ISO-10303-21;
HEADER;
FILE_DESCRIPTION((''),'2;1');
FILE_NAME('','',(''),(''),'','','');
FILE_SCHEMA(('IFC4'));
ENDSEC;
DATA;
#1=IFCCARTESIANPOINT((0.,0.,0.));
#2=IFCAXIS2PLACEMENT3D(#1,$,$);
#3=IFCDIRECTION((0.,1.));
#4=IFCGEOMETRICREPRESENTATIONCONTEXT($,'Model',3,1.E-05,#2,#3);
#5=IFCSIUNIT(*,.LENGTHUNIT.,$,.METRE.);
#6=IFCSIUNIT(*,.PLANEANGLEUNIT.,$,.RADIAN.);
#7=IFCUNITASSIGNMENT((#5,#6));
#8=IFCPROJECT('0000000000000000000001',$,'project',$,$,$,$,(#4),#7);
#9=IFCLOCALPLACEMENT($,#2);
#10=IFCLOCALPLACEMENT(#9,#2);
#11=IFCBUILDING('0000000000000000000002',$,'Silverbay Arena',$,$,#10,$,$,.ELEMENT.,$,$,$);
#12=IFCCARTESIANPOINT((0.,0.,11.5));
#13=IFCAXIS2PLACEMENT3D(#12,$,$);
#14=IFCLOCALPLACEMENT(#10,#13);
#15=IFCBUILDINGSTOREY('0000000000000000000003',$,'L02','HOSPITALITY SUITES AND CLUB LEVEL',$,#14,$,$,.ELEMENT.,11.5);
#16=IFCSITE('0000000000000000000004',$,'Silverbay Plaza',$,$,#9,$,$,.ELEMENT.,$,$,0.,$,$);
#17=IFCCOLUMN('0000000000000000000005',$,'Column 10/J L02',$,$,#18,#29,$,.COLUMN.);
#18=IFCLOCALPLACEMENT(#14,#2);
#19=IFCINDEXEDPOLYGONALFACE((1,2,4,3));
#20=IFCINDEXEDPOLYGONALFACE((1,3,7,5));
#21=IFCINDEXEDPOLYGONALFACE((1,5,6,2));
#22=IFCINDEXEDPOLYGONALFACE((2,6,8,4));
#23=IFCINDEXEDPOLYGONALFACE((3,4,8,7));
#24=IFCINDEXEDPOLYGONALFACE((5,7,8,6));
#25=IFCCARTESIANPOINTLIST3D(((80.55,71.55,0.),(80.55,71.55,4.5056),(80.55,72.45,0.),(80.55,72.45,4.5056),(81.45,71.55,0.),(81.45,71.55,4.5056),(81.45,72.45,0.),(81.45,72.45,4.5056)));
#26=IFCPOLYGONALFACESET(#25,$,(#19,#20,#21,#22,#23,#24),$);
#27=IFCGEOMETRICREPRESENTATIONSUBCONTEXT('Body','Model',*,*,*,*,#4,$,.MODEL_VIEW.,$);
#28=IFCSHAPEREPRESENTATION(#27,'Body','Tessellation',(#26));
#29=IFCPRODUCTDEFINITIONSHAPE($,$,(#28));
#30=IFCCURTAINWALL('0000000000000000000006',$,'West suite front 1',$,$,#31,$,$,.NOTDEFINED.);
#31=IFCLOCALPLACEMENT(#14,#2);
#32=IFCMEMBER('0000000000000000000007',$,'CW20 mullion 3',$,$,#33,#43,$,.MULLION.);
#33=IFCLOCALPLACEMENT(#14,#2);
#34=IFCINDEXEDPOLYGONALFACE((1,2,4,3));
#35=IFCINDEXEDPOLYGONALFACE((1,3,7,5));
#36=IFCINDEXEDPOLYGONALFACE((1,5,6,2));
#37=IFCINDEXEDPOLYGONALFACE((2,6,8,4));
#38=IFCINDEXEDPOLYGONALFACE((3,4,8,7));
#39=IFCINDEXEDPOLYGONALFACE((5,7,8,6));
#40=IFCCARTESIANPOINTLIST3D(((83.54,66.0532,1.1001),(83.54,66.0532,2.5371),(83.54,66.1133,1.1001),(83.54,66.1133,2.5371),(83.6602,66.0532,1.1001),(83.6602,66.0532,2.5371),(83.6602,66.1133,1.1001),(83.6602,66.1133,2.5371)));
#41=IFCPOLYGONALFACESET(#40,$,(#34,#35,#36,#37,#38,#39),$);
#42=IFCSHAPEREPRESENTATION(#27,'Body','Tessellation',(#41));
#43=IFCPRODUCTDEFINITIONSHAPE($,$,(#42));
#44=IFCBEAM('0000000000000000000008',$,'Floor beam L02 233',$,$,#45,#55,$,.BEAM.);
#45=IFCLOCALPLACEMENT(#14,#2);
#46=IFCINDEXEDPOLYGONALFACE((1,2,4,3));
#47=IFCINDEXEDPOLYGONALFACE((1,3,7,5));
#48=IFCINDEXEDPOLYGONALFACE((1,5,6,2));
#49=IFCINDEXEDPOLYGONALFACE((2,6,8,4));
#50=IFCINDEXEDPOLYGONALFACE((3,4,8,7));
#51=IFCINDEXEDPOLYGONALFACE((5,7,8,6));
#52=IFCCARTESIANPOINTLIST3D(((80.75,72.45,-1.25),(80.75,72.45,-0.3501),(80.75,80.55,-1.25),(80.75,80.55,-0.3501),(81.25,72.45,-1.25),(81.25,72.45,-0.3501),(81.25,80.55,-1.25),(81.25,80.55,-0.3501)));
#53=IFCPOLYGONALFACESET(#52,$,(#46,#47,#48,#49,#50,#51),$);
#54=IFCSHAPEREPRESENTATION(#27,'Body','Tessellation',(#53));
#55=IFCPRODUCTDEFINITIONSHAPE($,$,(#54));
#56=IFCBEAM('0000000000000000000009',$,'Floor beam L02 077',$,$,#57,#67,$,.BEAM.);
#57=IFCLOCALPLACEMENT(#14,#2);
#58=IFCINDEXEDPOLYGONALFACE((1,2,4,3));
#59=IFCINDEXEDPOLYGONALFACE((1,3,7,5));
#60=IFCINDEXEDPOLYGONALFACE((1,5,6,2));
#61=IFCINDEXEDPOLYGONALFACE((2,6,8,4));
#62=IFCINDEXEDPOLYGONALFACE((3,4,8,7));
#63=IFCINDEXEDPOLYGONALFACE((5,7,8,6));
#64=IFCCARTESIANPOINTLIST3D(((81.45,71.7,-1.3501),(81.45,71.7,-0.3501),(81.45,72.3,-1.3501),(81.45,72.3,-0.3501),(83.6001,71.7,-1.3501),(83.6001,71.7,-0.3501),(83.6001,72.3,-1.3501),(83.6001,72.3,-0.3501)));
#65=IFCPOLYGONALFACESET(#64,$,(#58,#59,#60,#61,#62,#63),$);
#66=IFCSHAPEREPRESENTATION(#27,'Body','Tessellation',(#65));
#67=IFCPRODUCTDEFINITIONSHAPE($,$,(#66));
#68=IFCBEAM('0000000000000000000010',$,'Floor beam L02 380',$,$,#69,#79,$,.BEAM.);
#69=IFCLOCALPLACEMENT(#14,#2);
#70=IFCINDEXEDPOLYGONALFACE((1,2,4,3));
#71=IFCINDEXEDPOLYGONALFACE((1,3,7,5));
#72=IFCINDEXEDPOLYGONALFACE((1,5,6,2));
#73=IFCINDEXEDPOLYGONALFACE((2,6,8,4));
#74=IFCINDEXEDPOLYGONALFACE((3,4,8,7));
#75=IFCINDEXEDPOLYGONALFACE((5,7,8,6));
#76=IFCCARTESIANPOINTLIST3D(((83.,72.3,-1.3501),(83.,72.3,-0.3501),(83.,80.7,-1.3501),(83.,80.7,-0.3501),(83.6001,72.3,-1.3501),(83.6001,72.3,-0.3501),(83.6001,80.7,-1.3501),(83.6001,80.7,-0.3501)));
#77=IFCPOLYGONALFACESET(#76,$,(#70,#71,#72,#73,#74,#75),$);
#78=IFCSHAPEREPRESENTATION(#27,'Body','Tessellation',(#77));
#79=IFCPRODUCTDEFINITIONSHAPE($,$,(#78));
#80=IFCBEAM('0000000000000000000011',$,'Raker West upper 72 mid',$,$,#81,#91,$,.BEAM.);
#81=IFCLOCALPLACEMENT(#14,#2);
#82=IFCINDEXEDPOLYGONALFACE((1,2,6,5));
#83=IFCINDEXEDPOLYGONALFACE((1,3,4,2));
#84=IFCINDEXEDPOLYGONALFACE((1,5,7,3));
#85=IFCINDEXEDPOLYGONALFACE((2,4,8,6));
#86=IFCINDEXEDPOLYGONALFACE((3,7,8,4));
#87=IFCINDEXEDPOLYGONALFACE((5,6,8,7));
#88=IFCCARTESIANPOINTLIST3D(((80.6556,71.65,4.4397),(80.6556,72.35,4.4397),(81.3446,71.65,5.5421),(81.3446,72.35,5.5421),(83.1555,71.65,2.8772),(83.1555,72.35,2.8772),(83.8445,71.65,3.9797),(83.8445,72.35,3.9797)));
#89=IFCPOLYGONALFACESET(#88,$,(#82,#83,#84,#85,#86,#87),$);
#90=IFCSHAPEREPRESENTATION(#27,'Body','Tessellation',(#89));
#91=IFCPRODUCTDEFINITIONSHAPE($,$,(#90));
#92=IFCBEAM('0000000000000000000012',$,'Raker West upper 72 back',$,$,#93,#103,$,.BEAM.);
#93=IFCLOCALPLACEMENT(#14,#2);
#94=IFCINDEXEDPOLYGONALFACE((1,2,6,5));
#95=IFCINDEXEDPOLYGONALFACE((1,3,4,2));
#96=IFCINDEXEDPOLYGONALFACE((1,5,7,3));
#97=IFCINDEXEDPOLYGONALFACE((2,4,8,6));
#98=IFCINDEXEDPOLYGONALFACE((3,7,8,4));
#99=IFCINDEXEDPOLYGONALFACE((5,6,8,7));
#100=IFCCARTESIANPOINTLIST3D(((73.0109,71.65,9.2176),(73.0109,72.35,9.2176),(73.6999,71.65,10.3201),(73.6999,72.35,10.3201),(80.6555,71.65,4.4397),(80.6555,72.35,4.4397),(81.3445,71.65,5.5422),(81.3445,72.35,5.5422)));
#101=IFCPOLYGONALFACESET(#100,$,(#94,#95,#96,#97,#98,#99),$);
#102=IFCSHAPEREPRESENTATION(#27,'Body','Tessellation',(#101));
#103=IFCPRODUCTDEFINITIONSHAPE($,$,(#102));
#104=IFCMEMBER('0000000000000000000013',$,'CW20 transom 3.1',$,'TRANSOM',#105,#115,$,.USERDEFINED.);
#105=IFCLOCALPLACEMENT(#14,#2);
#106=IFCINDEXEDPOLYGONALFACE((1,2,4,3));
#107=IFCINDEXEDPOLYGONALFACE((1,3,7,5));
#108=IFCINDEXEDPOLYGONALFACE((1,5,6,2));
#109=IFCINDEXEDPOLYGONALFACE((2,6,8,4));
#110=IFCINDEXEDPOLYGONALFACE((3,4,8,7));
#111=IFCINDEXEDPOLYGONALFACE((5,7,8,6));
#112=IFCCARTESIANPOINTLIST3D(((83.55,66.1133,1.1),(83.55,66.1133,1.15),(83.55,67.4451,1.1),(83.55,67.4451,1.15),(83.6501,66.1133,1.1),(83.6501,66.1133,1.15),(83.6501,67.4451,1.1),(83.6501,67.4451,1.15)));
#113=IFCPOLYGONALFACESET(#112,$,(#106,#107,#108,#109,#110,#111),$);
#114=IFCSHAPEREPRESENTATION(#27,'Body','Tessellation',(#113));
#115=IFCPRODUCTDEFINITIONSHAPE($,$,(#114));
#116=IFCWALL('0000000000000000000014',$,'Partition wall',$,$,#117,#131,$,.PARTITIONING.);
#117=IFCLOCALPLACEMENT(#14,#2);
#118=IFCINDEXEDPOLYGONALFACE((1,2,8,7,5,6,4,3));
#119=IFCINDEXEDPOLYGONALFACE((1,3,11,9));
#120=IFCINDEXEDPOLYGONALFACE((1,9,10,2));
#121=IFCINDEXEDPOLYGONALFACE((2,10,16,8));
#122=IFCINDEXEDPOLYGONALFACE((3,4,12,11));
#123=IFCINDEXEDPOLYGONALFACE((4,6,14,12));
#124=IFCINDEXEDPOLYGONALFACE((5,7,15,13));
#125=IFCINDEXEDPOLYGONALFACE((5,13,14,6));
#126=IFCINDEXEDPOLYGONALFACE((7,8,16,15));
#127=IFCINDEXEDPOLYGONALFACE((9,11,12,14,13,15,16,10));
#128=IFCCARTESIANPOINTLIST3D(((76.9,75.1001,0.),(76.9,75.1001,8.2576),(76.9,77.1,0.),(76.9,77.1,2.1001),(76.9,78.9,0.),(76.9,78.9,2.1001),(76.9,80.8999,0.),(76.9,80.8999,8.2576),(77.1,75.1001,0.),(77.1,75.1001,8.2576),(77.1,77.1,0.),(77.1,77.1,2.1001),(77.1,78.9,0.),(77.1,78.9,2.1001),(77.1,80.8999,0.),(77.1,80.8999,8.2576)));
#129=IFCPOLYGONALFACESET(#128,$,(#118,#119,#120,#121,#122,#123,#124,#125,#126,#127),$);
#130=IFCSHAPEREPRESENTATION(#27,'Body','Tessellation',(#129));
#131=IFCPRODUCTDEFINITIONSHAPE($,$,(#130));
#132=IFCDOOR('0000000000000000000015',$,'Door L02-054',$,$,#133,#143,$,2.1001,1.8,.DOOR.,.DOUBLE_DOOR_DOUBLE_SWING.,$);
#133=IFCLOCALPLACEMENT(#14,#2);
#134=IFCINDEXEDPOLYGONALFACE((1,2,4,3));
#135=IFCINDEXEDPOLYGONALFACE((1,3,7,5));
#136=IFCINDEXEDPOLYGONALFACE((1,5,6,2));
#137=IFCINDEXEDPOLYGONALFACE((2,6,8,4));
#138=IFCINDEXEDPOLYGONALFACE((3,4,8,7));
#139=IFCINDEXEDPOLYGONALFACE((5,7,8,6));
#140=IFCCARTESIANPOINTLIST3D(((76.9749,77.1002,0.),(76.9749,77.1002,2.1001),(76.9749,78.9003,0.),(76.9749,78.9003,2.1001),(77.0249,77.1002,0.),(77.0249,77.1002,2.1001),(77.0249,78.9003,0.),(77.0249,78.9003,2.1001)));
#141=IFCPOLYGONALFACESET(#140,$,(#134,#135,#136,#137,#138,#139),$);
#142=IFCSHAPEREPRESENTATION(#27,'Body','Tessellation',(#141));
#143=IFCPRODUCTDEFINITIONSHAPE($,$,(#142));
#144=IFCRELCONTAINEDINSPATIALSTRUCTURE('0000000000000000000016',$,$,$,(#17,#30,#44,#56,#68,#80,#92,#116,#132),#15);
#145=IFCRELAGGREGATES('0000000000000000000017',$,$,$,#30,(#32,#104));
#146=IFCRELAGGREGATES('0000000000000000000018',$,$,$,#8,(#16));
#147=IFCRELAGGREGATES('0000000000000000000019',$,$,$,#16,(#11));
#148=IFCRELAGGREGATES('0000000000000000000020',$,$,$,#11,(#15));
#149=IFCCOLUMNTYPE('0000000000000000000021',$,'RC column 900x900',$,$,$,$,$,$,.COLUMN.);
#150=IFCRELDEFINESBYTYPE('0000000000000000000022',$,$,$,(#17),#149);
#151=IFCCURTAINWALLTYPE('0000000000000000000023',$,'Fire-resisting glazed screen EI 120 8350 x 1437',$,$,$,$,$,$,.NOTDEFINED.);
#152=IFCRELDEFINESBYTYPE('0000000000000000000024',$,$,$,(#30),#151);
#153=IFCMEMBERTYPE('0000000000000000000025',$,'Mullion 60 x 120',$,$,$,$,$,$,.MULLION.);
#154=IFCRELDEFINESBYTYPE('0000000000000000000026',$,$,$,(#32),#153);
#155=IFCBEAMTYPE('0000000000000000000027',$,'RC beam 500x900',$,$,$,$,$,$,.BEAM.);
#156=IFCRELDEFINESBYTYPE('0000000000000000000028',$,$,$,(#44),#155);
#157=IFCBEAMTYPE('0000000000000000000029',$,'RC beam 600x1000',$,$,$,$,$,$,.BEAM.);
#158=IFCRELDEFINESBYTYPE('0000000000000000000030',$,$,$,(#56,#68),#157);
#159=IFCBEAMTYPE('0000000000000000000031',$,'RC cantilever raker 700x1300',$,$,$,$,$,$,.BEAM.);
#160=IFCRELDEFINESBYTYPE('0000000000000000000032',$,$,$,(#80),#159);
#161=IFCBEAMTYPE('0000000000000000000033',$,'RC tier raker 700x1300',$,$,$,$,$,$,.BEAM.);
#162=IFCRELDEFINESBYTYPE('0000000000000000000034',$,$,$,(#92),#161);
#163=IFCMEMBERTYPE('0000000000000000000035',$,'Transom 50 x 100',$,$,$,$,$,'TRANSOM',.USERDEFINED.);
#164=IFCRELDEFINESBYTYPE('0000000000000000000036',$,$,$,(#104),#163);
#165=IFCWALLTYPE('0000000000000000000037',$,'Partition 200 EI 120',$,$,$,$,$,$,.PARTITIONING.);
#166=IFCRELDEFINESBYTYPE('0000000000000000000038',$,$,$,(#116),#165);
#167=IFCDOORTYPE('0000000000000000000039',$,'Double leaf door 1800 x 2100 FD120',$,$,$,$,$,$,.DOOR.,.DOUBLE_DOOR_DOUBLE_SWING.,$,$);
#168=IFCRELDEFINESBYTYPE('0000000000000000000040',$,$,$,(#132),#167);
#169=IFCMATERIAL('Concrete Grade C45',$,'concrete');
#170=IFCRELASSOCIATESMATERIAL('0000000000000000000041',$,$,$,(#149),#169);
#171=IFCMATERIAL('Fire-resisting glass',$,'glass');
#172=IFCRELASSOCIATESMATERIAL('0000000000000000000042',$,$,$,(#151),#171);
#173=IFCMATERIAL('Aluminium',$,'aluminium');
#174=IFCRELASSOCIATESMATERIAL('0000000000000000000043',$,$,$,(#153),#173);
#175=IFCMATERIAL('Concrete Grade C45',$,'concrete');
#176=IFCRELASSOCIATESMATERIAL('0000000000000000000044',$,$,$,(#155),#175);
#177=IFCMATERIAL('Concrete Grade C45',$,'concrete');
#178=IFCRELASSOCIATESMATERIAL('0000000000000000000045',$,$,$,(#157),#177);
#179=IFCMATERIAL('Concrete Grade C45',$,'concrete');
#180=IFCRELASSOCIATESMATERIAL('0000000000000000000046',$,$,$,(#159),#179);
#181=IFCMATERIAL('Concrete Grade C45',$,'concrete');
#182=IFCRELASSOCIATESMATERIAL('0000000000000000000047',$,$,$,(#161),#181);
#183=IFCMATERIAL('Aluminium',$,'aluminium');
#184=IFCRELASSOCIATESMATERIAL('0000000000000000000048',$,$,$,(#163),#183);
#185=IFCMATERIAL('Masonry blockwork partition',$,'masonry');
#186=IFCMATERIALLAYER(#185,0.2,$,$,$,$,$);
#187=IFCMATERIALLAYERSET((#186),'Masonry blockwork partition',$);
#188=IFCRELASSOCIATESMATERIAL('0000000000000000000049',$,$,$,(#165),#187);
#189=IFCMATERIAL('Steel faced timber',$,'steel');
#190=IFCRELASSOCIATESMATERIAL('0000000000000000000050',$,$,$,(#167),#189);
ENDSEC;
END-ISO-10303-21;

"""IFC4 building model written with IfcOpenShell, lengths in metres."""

from ifc_helpers import new_model, si_unit, direction, frame, frame_2d, origin, origin_2d, place, context, subcontext, project, spatial, rectangle, extrude, material, layer, layer_set, material_profile, profile_set, type_object, element, fill, aggregate, save


model = new_model("IFC4")

# Units and contexts
model_context = context("Model", 3, precision=1e-05, world=origin(), true_north=direction((0.0, 1.0)))
body_context = subcontext(model_context, "Body", "Model", "MODEL_VIEW")
ifc_project = project(units=[si_unit("LENGTHUNIT", "METRE"), si_unit("PLANEANGLEUNIT", "RADIAN")], contexts=[model_context])

# Site, building, storey
site_placement = place(None, origin())
site = spatial("IfcSite", under=ifc_project, at=site_placement, Name="Silverbay Plaza", CompositionType="ELEMENT", RefElevation=0.0)
building_placement = place(site_placement, origin())
building = spatial("IfcBuilding", under=site, at=building_placement, Name="Silverbay Arena", CompositionType="ELEMENT")
storey_placement = place(building_placement, frame((0.0, 0.0, 11.5)))
storey = spatial("IfcBuildingStorey", under=building, at=storey_placement, Name="L02", Description="HOSPITALITY SUITES AND CLUB LEVEL", CompositionType="ELEMENT", Elevation=11.5)

# Column
ifc_material_1 = material(Name="Concrete Grade C45", Category="concrete")
ifc_material_profile_1 = material_profile(ifc_material_1, rectangle(XDim=0.8999, YDim=0.8999, at=origin_2d()), Name="RC 900x900")
ifc_profile_set_1 = profile_set([ifc_material_profile_1], Name="Concrete Grade C45")
column_type = type_object("IfcColumnType", Name="RC column 900x900", PredefinedType="COLUMN", material=ifc_profile_set_1)
column_placement = place(storey_placement, frame((81.0, 72.0, 0.0), z_axis=(0.0, 0.0, 1.0), x_axis=(1.0, 0.0, 0.0)))
element("IfcColumn", 1, at=column_placement, inside=storey, type_object=column_type, Name="Column 10/J L02", PredefinedType="COLUMN", context=body_context, shape_type="SweptSolid", body=[
    extrude(rectangle(XDim=0.8999, YDim=0.8999, at=origin_2d()), origin(), (0.0, 0.0, 1.0), 4.5056),
])

# Curtain wall, member
ifc_material_2 = material(Name="Fire-resisting glass", Category="glass")
curtain_wall_type = type_object("IfcCurtainWallType", Name="Fire-resisting glazed screen EI 120 8350 x 1437", PredefinedType="NOTDEFINED", material=ifc_material_2)
curtain_wall_placement = place(storey_placement, origin())
curtain_wall = element("IfcCurtainWall", 2, at=curtain_wall_placement, inside=storey, type_object=curtain_wall_type, Name="West suite front 1", PredefinedType="NOTDEFINED")
ifc_material_3 = material(Name="Aluminium", Category="aluminium")
ifc_material_profile_2 = material_profile(ifc_material_3, rectangle(XDim=0.1201, YDim=0.0601, at=origin_2d()), Name="Mullion 60 x 120")
ifc_profile_set_2 = profile_set([ifc_material_profile_2], Name="Aluminium")
member_type_1 = type_object("IfcMemberType", Name="Mullion 60 x 120", PredefinedType="MULLION", material=ifc_profile_set_2)
member_1_placement = place(storey_placement, frame((83.6001, 66.0833, 1.1001), z_axis=(0.0, 0.0, 1.0), x_axis=(-1.0, 0.0, 0.0)))
member_1 = element("IfcMember", 3, at=member_1_placement, type_object=member_type_1, Name="CW20 mullion 3", PredefinedType="MULLION", context=body_context, shape_type="SweptSolid", body=[
    extrude(rectangle(XDim=0.1201, YDim=0.0601, at=origin_2d()), origin(), (0.0, 0.0, 1.0), 1.437),
])

# Beams
ifc_material_4 = material(Name="Concrete Grade C45", Category="concrete")
ifc_material_profile_3 = material_profile(ifc_material_4, rectangle(XDim=0.5, YDim=0.8999, at=origin_2d()), Name="RC 500x900")
ifc_profile_set_3 = profile_set([ifc_material_profile_3], Name="Concrete Grade C45")
beam_type_1 = type_object("IfcBeamType", Name="RC beam 500x900", PredefinedType="BEAM", material=ifc_profile_set_3)
beam_1_placement = place(storey_placement, frame((81.0, 72.45, -0.8), z_axis=(0.0, 1.0, 0.0), x_axis=(-1.0, 0.0, 0.0)))
element("IfcBeam", 4, at=beam_1_placement, inside=storey, type_object=beam_type_1, Name="Floor beam L02 233", PredefinedType="BEAM", context=body_context, shape_type="SweptSolid", body=[
    extrude(rectangle(XDim=0.5, YDim=0.8999, at=origin_2d()), origin(), (0.0, 0.0, 1.0), 8.1001),
])
ifc_material_5 = material(Name="Concrete Grade C45", Category="concrete")
ifc_material_profile_4 = material_profile(ifc_material_5, rectangle(XDim=0.6001, YDim=1.0, at=origin_2d()), Name="RC 600x1000")
ifc_profile_set_4 = profile_set([ifc_material_profile_4], Name="Concrete Grade C45")
beam_type_2 = type_object("IfcBeamType", Name="RC beam 600x1000", PredefinedType="BEAM", material=ifc_profile_set_4)
beam_2_placement = place(storey_placement, frame((81.45, 72.0, -0.8501), z_axis=(1.0, 0.0, 0.0), x_axis=(0.0, 1.0, 0.0)))
element("IfcBeam", 5, at=beam_2_placement, inside=storey, type_object=beam_type_2, Name="Floor beam L02 077", PredefinedType="BEAM", context=body_context, shape_type="SweptSolid", body=[
    extrude(rectangle(XDim=0.6001, YDim=1.0, at=origin_2d()), origin(), (0.0, 0.0, 1.0), 2.1501),
])
beam_3_placement = place(storey_placement, frame((83.3, 72.3, -0.8501), z_axis=(0.0, 1.0, 0.0), x_axis=(-1.0, 0.0, 0.0)))
element("IfcBeam", 6, at=beam_3_placement, inside=storey, type_object=beam_type_2, Name="Floor beam L02 380", PredefinedType="BEAM", context=body_context, shape_type="SweptSolid", body=[
    extrude(rectangle(XDim=0.6001, YDim=1.0, at=origin_2d()), origin(), (0.0, 0.0, 1.0), 8.3999),
])
ifc_material_6 = material(Name="Concrete Grade C45", Category="concrete")
ifc_material_profile_5 = material_profile(ifc_material_6, rectangle(XDim=0.7, YDim=1.3, at=origin_2d()), Name="RC 700x1300")
ifc_profile_set_5 = profile_set([ifc_material_profile_5], Name="Concrete Grade C45")
beam_type_3 = type_object("IfcBeamType", Name="RC cantilever raker 700x1300", PredefinedType="BEAM", material=ifc_profile_set_5)
beam_4_placement = place(storey_placement, frame((83.5, 72.0, 3.4285), z_axis=(-0.847998, 0.0, 0.529999), x_axis=(0.0, -1.0, 0.0)))
element("IfcBeam", 7, at=beam_4_placement, inside=storey, type_object=beam_type_3, Name="Raker West upper 72 mid", PredefinedType="BEAM", context=body_context, shape_type="SweptSolid", body=[
    extrude(rectangle(XDim=0.7, YDim=1.3, at=origin_2d()), origin(), (0.0, 0.0, 1.0), 2.948),
])
ifc_material_7 = material(Name="Concrete Grade C45", Category="concrete")
ifc_material_profile_6 = material_profile(ifc_material_7, rectangle(XDim=0.7, YDim=1.3, at=origin_2d()), Name="RC 700x1300")
ifc_profile_set_6 = profile_set([ifc_material_profile_6], Name="Concrete Grade C45")
beam_type_4 = type_object("IfcBeamType", Name="RC tier raker 700x1300", PredefinedType="BEAM", material=ifc_profile_set_6)
beam_5_placement = place(storey_placement, frame((81.0, 72.0, 4.991), z_axis=(-0.847998, 0.0, 0.529999), x_axis=(0.0, -1.0, 0.0)))
element("IfcBeam", 8, at=beam_5_placement, inside=storey, type_object=beam_type_4, Name="Raker West upper 72 back", PredefinedType="BEAM", context=body_context, shape_type="SweptSolid", body=[
    extrude(rectangle(XDim=0.7, YDim=1.3, at=origin_2d()), origin(), (0.0, 0.0, 1.0), 9.0149),
])

# Member
ifc_material_8 = material(Name="Aluminium", Category="aluminium")
ifc_material_profile_7 = material_profile(ifc_material_8, rectangle(XDim=0.1001, YDim=0.05, at=origin_2d()), Name="Transom 50 x 100")
ifc_profile_set_7 = profile_set([ifc_material_profile_7], Name="Aluminium")
member_type_2 = type_object("IfcMemberType", Name="Transom 50 x 100", ElementType="TRANSOM", PredefinedType="USERDEFINED", material=ifc_profile_set_7)
member_2_placement = place(storey_placement, frame((83.6001, 66.1133, 1.125), z_axis=(0.0, 1.0, 0.0), x_axis=(-1.0, 0.0, 0.0)))
member_2 = element("IfcMember", 9, at=member_2_placement, type_object=member_type_2, Name="CW20 transom 3.1", ObjectType="TRANSOM", PredefinedType="USERDEFINED", context=body_context, shape_type="SweptSolid", body=[
    extrude(rectangle(XDim=0.1001, YDim=0.05, at=origin_2d()), origin(), (0.0, 0.0, 1.0), 1.3318),
])
aggregate(curtain_wall, [member_1, member_2])

# Wall, opening, door
ifc_material_9 = material(Name="Masonry blockwork partition", Category="masonry")
ifc_layer_1 = layer(ifc_material_9, 0.2)
ifc_layer_set_1 = layer_set([ifc_layer_1], Name="Masonry blockwork partition")
wall_type_1 = type_object("IfcWallType", Name="Partition 200 EI 120", PredefinedType="PARTITIONING", material=ifc_layer_set_1)
wall_1_placement = place(storey_placement, frame((77.0, 75.1001, 0.0), z_axis=(0.0, 0.0, 1.0), x_axis=(0.0, 1.0, 0.0)))
wall_1 = element("IfcWall", 10, at=wall_1_placement, inside=storey, type_object=wall_type_1, Name="Partition wall", PredefinedType="PARTITIONING", context=body_context, shape_type="SweptSolid", body=[
    extrude(rectangle(XDim=5.7998, YDim=0.2, at=frame_2d((2.8999, 0.0))), origin(), (0.0, 0.0, 1.0), 8.2576),
])
opening_1_placement = place(wall_1_placement, frame((2.0, 0.0, 0.0)))
opening_1 = element("IfcOpeningElement", 11, at=opening_1_placement, cuts=wall_1, PredefinedType="OPENING", context=body_context, shape_type="SweptSolid", body=[
    extrude(rectangle(XDim=1.8, YDim=2.1001, at=frame_2d((0.8999, 1.05))), frame((0.0, 0.1099, 0.0), z_axis=(0.0, -1.0, 0.0), x_axis=(1.0, 0.0, 0.0)), (0.0, 0.0, 1.0), 0.22),
])
ifc_material_10 = material(Name="Steel faced timber", Category="steel")
door_type_1 = type_object("IfcDoorType", Name="Double leaf door 1800 x 2100 FD120", OperationType="DOUBLE_DOOR_DOUBLE_SWING", PredefinedType="DOOR", material=ifc_material_10)
door_1_placement = place(opening_1_placement, frame((1.8, 0.0, 0.0), z_axis=(0.0, 0.0, 1.0), x_axis=(-1.0, 0.0, 0.0)))
door_1 = element("IfcDoor", 12, at=door_1_placement, inside=storey, type_object=door_type_1, Name="Door L02-054", OperationType="DOUBLE_DOOR_DOUBLE_SWING", OverallHeight=2.1001, OverallWidth=1.8, PredefinedType="DOOR", context=body_context, shape_type="SweptSolid", body=[
    extrude(rectangle(XDim=1.8, YDim=2.1001, at=frame_2d((0.8999, 1.05))), frame((0.0, 0.0249, 0.0), z_axis=(0.0, -1.0, 0.0), x_axis=(1.0, 0.0, 0.0)), (0.0, 0.0, 1.0), 0.05),
])
fill(opening_1, door_1)

save(model, "model.ifc")
